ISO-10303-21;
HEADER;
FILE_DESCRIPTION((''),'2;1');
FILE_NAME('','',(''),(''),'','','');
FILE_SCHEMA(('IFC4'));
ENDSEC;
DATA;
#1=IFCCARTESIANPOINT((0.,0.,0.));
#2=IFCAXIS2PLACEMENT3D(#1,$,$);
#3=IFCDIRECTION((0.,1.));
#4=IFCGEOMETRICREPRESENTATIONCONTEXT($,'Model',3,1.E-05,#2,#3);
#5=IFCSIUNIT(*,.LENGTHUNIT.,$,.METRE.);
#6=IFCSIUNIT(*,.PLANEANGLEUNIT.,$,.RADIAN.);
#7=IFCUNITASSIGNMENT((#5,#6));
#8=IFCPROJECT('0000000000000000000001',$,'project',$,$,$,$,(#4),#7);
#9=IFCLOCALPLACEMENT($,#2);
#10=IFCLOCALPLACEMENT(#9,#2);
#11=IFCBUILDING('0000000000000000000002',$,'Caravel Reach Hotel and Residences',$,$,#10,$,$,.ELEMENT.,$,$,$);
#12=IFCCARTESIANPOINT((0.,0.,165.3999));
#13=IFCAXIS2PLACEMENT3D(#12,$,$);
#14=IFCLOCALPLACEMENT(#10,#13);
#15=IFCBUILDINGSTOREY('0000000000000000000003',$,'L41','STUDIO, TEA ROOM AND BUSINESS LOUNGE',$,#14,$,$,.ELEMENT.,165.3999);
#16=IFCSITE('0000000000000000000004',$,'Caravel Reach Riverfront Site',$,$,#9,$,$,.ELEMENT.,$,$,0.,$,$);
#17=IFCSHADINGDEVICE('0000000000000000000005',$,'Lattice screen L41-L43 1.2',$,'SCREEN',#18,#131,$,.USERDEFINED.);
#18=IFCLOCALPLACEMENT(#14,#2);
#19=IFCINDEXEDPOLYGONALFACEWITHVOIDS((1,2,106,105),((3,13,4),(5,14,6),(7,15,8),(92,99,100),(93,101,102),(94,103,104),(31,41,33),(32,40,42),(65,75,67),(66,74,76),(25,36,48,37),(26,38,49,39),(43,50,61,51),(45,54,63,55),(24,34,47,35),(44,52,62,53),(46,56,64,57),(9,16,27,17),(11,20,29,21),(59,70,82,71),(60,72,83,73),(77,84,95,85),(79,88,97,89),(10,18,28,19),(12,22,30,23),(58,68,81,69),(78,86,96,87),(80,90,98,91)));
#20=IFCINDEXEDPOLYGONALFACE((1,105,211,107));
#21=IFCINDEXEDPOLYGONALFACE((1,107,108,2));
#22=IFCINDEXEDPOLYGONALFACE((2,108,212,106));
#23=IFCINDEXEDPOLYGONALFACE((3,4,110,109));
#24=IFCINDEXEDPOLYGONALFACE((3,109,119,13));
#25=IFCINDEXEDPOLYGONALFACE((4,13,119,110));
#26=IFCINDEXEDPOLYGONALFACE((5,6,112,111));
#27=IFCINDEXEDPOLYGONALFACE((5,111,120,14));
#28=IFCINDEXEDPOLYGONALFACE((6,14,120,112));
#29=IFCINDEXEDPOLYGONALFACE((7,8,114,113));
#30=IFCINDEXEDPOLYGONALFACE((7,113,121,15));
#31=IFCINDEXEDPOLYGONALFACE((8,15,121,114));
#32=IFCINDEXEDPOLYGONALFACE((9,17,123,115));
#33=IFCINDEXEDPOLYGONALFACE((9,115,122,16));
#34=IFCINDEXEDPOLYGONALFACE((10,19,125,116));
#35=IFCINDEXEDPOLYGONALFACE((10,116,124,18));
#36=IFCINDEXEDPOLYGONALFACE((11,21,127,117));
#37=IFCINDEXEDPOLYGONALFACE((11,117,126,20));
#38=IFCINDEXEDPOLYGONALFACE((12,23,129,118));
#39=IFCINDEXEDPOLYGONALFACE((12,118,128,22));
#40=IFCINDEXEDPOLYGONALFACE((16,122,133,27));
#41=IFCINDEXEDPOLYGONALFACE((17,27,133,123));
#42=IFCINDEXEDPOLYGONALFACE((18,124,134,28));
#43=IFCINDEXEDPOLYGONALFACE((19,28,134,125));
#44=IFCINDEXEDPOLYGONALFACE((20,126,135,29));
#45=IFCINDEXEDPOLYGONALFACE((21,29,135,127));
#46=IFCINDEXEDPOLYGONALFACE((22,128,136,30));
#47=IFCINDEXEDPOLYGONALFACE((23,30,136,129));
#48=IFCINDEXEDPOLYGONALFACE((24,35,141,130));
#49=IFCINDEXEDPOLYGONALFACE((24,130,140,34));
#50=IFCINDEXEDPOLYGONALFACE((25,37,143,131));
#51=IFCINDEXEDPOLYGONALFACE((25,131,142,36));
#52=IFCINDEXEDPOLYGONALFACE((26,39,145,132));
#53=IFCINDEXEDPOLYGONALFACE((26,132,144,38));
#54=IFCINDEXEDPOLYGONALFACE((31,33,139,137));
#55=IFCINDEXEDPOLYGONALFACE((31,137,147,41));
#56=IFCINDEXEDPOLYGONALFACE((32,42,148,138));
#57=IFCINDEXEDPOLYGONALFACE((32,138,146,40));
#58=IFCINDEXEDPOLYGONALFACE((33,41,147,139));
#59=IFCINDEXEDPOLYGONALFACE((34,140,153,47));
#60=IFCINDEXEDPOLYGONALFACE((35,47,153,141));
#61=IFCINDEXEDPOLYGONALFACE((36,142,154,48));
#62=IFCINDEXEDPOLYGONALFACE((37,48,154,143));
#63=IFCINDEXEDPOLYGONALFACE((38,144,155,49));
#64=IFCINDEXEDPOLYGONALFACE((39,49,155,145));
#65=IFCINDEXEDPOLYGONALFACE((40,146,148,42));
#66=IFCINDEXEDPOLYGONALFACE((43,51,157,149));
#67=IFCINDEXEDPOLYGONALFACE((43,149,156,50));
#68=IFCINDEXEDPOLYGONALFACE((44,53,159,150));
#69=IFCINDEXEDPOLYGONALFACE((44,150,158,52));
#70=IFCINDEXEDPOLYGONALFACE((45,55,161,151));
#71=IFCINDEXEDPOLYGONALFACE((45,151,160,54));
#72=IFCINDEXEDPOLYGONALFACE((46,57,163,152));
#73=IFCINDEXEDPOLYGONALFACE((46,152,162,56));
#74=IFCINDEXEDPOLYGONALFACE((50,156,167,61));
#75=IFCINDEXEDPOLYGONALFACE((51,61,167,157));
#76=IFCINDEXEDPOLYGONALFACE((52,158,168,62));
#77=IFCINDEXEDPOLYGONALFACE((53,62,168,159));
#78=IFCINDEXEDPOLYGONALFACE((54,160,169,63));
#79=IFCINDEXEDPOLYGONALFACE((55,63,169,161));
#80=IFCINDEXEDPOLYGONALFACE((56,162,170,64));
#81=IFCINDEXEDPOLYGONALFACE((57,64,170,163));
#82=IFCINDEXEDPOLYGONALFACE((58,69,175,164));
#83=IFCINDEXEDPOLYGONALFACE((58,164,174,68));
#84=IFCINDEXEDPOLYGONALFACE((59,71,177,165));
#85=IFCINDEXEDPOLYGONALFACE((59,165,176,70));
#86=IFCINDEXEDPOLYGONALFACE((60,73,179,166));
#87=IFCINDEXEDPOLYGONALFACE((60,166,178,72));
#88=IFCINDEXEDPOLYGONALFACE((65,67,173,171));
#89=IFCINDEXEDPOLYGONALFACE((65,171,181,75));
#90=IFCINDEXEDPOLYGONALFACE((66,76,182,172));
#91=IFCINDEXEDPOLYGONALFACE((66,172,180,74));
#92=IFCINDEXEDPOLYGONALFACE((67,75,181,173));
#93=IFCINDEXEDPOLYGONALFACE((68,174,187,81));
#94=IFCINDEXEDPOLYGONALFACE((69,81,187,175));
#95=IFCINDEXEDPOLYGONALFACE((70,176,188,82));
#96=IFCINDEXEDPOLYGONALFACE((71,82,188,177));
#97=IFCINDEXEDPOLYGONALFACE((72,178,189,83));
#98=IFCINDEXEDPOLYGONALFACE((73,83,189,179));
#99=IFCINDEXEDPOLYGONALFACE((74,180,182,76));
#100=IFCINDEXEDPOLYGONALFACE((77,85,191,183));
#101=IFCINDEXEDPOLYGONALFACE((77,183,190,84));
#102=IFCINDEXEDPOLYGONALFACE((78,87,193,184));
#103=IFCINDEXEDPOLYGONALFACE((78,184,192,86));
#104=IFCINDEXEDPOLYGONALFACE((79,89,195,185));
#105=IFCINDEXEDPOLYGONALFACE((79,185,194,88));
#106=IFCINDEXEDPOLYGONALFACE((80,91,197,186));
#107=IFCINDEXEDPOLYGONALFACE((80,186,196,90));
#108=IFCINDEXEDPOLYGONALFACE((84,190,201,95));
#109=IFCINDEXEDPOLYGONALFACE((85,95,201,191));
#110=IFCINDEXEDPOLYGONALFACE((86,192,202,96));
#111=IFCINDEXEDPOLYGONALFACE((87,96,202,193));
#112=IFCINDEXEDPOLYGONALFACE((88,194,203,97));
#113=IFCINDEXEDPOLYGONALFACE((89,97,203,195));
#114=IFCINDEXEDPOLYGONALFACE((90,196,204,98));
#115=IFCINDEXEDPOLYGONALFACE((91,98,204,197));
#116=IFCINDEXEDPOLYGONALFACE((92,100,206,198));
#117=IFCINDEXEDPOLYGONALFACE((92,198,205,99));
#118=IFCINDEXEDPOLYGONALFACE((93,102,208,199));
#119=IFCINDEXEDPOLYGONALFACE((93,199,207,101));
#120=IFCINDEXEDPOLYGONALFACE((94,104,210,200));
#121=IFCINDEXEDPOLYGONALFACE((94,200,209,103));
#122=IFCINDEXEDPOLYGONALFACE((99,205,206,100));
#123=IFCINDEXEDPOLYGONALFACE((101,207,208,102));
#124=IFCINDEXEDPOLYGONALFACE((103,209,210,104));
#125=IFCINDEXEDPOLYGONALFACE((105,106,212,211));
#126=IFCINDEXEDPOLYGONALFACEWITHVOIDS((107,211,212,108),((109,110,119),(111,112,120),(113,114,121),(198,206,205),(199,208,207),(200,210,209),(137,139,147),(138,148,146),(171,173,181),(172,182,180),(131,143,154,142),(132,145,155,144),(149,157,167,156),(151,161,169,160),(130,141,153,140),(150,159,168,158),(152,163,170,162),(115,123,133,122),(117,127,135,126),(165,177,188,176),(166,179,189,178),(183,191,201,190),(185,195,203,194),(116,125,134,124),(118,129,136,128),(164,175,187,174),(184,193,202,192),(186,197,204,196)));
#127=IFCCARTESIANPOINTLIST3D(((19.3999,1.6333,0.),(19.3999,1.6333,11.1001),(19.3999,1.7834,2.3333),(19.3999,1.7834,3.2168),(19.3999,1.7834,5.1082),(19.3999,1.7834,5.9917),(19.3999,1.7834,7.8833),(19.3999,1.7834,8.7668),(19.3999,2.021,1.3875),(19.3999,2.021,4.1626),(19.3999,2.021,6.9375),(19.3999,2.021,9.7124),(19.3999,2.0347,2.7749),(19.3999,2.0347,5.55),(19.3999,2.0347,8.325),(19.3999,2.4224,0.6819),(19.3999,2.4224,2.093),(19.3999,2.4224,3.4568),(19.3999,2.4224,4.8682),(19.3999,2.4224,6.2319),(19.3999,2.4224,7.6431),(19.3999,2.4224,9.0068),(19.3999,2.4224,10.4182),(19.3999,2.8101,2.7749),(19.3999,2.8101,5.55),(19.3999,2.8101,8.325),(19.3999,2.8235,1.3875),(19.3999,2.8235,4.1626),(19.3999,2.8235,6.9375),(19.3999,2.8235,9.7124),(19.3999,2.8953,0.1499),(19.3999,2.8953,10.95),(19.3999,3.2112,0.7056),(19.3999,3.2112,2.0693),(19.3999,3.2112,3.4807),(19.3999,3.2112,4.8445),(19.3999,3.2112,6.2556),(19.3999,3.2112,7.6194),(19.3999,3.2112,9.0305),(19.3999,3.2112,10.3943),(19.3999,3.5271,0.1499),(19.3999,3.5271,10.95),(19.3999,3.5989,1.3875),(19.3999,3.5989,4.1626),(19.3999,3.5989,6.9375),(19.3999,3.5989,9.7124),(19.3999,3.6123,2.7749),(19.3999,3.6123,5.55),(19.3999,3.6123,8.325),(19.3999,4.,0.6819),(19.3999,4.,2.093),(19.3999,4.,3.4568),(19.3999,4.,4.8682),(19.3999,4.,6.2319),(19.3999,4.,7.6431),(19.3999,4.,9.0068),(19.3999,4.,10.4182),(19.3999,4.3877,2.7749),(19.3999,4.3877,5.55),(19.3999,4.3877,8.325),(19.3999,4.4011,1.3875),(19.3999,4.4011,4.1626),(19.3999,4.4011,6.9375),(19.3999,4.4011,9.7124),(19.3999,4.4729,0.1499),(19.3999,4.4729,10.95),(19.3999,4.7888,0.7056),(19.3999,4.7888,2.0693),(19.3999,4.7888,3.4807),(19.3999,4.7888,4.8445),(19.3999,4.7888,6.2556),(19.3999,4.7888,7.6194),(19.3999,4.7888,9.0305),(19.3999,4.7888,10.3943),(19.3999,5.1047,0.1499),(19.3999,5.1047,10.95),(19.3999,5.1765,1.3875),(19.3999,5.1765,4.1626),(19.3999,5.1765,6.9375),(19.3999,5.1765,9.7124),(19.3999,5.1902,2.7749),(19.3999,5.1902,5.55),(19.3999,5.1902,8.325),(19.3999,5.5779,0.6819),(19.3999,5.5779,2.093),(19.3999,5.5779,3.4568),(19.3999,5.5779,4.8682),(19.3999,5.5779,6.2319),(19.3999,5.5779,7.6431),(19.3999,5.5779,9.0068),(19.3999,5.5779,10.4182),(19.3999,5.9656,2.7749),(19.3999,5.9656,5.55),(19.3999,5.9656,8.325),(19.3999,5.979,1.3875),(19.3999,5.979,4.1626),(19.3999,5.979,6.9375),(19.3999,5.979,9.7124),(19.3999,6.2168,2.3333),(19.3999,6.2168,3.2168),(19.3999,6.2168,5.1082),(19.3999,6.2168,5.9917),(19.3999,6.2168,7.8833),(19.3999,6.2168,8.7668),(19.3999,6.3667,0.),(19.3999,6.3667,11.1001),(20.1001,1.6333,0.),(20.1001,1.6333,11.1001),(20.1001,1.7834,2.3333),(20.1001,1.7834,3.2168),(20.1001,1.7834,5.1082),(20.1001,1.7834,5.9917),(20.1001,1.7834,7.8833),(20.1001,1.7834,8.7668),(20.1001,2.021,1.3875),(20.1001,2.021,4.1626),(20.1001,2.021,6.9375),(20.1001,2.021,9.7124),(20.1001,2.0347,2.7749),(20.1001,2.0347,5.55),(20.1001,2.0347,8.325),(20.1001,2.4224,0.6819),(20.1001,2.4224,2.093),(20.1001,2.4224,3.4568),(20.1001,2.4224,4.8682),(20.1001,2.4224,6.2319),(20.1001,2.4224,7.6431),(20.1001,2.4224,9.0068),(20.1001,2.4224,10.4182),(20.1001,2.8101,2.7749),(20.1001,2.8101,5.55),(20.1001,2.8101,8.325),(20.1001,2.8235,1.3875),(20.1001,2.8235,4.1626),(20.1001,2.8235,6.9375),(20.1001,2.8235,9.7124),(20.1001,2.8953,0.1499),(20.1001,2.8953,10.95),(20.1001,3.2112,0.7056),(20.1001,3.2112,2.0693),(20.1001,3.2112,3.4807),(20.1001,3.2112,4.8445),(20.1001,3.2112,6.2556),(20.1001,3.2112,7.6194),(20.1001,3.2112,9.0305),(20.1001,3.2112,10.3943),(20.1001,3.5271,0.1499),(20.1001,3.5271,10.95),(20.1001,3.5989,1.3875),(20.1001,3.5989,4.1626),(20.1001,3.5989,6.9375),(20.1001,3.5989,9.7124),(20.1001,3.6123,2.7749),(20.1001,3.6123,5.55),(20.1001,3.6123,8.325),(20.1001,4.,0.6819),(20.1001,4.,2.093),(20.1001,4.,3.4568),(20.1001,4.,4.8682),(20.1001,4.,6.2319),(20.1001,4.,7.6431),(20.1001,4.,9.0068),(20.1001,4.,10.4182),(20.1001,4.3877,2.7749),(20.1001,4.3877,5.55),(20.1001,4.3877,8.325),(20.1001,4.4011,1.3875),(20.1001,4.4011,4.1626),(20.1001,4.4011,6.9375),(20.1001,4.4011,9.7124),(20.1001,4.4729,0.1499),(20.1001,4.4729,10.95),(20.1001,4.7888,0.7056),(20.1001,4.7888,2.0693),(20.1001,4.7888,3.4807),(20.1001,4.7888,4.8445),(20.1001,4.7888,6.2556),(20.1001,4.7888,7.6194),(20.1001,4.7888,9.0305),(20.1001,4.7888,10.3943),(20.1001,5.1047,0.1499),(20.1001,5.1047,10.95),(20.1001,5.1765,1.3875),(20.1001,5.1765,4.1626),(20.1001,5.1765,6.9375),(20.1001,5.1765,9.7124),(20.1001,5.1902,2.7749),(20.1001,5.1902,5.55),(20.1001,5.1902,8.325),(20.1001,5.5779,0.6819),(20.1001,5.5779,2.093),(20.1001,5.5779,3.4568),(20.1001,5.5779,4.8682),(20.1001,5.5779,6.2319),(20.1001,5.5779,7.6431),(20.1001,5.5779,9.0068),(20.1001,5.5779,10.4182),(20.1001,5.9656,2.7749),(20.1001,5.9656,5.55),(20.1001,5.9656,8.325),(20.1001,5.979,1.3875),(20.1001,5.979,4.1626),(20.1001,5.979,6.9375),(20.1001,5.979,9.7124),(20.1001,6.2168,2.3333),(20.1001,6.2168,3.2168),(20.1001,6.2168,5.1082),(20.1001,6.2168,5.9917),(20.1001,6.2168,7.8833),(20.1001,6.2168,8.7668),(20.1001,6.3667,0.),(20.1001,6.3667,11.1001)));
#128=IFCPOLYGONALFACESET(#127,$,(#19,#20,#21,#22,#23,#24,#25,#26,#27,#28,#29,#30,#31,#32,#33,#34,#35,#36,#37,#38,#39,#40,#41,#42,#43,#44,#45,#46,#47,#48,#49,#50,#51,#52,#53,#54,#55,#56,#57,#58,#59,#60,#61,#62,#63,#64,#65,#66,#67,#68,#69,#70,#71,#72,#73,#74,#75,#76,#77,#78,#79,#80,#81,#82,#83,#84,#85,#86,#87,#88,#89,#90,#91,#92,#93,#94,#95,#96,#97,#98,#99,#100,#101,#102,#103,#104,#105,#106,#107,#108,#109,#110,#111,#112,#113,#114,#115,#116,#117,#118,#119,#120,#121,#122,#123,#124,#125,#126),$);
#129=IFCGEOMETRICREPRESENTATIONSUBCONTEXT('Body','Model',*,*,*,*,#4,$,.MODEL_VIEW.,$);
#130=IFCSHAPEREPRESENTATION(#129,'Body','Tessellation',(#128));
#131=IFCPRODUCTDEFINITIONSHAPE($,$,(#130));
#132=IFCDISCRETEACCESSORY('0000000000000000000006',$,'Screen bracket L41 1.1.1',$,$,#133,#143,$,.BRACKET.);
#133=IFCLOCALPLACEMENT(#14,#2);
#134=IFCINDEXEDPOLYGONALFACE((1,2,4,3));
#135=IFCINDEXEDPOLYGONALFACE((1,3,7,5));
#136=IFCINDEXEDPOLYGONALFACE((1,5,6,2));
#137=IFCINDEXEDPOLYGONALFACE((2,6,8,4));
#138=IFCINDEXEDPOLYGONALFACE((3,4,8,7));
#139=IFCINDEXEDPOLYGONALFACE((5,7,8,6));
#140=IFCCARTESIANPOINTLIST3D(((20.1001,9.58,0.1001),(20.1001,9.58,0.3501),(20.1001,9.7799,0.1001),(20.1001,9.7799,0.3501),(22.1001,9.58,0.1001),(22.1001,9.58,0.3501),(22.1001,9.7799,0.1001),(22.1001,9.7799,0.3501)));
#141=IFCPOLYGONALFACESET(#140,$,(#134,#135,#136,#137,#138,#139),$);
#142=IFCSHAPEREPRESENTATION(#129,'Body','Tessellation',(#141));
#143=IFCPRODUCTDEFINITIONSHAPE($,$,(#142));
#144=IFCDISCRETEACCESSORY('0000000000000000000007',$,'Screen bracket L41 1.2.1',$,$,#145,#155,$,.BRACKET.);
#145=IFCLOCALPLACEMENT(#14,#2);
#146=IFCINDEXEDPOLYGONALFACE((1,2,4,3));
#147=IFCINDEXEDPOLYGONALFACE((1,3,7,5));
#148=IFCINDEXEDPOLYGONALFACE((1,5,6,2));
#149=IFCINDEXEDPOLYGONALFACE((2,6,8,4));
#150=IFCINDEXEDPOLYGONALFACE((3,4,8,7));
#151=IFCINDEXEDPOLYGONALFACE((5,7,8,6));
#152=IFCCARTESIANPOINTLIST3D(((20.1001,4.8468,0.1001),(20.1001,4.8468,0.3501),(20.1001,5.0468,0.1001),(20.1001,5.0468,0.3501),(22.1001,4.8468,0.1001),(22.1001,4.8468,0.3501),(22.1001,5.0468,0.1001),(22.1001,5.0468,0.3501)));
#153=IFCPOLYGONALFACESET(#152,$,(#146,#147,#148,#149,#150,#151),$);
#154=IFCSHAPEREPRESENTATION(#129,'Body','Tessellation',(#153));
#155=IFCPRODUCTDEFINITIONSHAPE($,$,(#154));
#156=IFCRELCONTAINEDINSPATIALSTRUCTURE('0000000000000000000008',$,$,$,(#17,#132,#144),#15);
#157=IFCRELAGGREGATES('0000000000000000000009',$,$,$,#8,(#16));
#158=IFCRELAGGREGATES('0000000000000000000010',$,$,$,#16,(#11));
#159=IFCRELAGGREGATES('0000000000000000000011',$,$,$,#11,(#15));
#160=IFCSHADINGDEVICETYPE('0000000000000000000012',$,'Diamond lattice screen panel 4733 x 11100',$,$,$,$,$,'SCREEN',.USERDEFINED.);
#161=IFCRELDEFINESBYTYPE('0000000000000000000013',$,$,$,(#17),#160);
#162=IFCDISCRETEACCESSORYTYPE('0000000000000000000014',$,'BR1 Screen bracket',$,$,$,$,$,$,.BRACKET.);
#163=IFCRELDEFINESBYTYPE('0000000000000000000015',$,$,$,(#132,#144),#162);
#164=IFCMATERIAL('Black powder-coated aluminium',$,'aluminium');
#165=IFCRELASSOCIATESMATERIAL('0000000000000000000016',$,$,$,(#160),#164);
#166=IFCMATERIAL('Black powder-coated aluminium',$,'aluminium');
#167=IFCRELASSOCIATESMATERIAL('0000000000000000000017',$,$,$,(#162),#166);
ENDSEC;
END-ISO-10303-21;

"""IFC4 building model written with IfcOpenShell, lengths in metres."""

from ifc_helpers import new_model, si_unit, direction, frame, origin, origin_2d, place, context, subcontext, project, spatial, polyline, rectangle, outline, extrude, material, type_object, element, save


model = new_model("IFC4")

# Units and contexts
model_context = context("Model", 3, precision=1e-05, world=origin(), true_north=direction((0.0, 1.0)))
body_context = subcontext(model_context, "Body", "Model", "MODEL_VIEW")
ifc_project = project(units=[si_unit("LENGTHUNIT", "METRE"), si_unit("PLANEANGLEUNIT", "RADIAN")], contexts=[model_context])

# Site, building, storey
site_placement = place(None, origin())
site = spatial("IfcSite", under=ifc_project, at=site_placement, Name="Caravel Reach Riverfront Site", CompositionType="ELEMENT", RefElevation=0.0)
building_placement = place(site_placement, origin())
building = spatial("IfcBuilding", under=site, at=building_placement, Name="Caravel Reach Hotel and Residences", CompositionType="ELEMENT")
storey_placement = place(building_placement, frame((0.0, 0.0, 165.3999)))
storey = spatial("IfcBuildingStorey", under=building, at=storey_placement, Name="L41", Description="STUDIO, TEA ROOM AND BUSINESS LOUNGE", CompositionType="ELEMENT", Elevation=165.3999)

# Shading device
ifc_material_1 = material(Name="Black powder-coated aluminium", Category="aluminium")
shading_device_type = type_object("IfcShadingDeviceType", Name="Diamond lattice screen panel 4733 x 11100", ElementType="SCREEN", PredefinedType="USERDEFINED", material=ifc_material_1)
shading_device_1_placement = place(storey_placement, frame((20.1001, 6.3667, 0.0), z_axis=(-1.0, 0.0, 0.0), x_axis=(0.0, -1.0, 0.0)))
element("IfcShadingDevice", 1, at=shading_device_1_placement, inside=storey, type_object=shading_device_type, Name="Lattice screen L41-L43 1.2", ObjectType="SCREEN", PredefinedType="USERDEFINED", context=body_context, shape_type="SweptSolid", body=[
    extrude(outline(polyline([(0.0, 0.0), (4.7334, 0.0), (4.7334, 11.1001), (0.0, 11.1001), (0.0, 0.0)]), holes=[polyline([(0.4011, 2.7749), (0.1499, 3.2168), (0.1499, 2.3333), (0.4011, 2.7749)]), polyline([(0.4011, 5.55), (0.1499, 5.9917), (0.1499, 5.1082), (0.4011, 5.55)]), polyline([(0.4011, 8.325), (0.1499, 8.7668), (0.1499, 7.8833), (0.4011, 8.325)]), polyline([(0.7888, 2.093), (0.3877, 1.3875), (0.7888, 0.6819), (1.1902, 1.3875), (0.7888, 2.093)]), polyline([(0.7888, 4.8682), (0.3877, 4.1626), (0.7888, 3.4568), (1.1902, 4.1626), (0.7888, 4.8682)]), polyline([(0.7888, 7.6431), (0.3877, 6.9375), (0.7888, 6.2319), (1.1902, 6.9375), (0.7888, 7.6431)]), polyline([(0.7888, 10.4182), (0.3877, 9.7124), (0.7888, 9.0068), (1.1902, 9.7124), (0.7888, 10.4182)]), polyline([(1.5779, 0.7056), (1.262, 0.1499), (1.8938, 0.1499), (1.5779, 0.7056)]), polyline([(1.5779, 3.4807), (1.1765, 2.7749), (1.5779, 2.0693), (1.979, 2.7749), (1.5779, 3.4807)]), polyline([(1.5779, 6.2556), (1.1765, 5.55), (1.5779, 4.8445), (1.979, 5.55), (1.5779, 6.2556)]), polyline([(1.5779, 9.0305), (1.1765, 8.325), (1.5779, 7.6194), (1.979, 8.325), (1.5779, 9.0305)]), polyline([(1.5779, 10.3943), (1.8938, 10.95), (1.262, 10.95), (1.5779, 10.3943)]), polyline([(2.3667, 2.093), (1.9656, 1.3875), (2.3667, 0.6819), (2.7678, 1.3875), (2.3667, 2.093)]), polyline([(2.3667, 4.8682), (1.9656, 4.1626), (2.3667, 3.4568), (2.7678, 4.1626), (2.3667, 4.8682)]), polyline([(2.3667, 7.6431), (1.9656, 6.9375), (2.3667, 6.2319), (2.7678, 6.9375), (2.3667, 7.6431)]), polyline([(2.3667, 10.4182), (1.9656, 9.7124), (2.3667, 9.0068), (2.7678, 9.7124), (2.3667, 10.4182)]), polyline([(3.1555, 0.7056), (2.8396, 0.1499), (3.4714, 0.1499), (3.1555, 0.7056)]), polyline([(3.1555, 3.4807), (2.7544, 2.7749), (3.1555, 2.0693), (3.5566, 2.7749), (3.1555, 3.4807)]), polyline([(3.1555, 6.2556), (2.7544, 5.55), (3.1555, 4.8445), (3.5566, 5.55), (3.1555, 6.2556)]), polyline([(3.1555, 9.0305), (2.7544, 8.325), (3.1555, 7.6194), (3.5566, 8.325), (3.1555, 9.0305)]), polyline([(3.1555, 10.3943), (3.4714, 10.95), (2.8396, 10.95), (3.1555, 10.3943)]), polyline([(3.9443, 2.093), (3.5432, 1.3875), (3.9443, 0.6819), (4.3457, 1.3875), (3.9443, 2.093)]), polyline([(3.9443, 4.8682), (3.5432, 4.1626), (3.9443, 3.4568), (4.3457, 4.1626), (3.9443, 4.8682)]), polyline([(3.9443, 7.6431), (3.5432, 6.9375), (3.9443, 6.2319), (4.3457, 6.9375), (3.9443, 7.6431)]), polyline([(3.9443, 10.4182), (3.5432, 9.7124), (3.9443, 9.0068), (4.3457, 9.7124), (3.9443, 10.4182)]), polyline([(4.332, 2.7749), (4.5833, 2.3333), (4.5833, 3.2168), (4.332, 2.7749)]), polyline([(4.332, 5.55), (4.5833, 5.1082), (4.5833, 5.9917), (4.332, 5.55)]), polyline([(4.332, 8.325), (4.5833, 7.8833), (4.5833, 8.7668), (4.332, 8.325)])]), origin(), (0.0, 0.0, 1.0), 0.7002),
])

# Discrete accessories
ifc_material_2 = material(Name="Black powder-coated aluminium", Category="aluminium")
discrete_accessory_type = type_object("IfcDiscreteAccessoryType", Name="BR1 Screen bracket", PredefinedType="BRACKET", material=ifc_material_2)
for number, where, z_axis, x_axis, name in (
    (2, (21.1001, 9.6799, 0.1001), (0.0, 0.0, 1.0), (-1.0, 0.0, 0.0), "Screen bracket L41 1.1.1"),
    (3, (21.1001, 4.9468, 0.1001), (0.0, 0.0, 1.0), (-1.0, 0.0, 0.0), "Screen bracket L41 1.2.1"),
):
    element("IfcDiscreteAccessory", number, at=place(storey_placement, frame(where, z_axis=z_axis, x_axis=x_axis)), inside=storey, type_object=discrete_accessory_type, Name=name, PredefinedType="BRACKET", context=body_context, shape_type="SweptSolid", body=[
        extrude(rectangle(XDim=2.0, YDim=0.2, at=origin_2d()), origin(), (0.0, 0.0, 1.0), 0.25),
    ])

save(model, "model.ifc")
